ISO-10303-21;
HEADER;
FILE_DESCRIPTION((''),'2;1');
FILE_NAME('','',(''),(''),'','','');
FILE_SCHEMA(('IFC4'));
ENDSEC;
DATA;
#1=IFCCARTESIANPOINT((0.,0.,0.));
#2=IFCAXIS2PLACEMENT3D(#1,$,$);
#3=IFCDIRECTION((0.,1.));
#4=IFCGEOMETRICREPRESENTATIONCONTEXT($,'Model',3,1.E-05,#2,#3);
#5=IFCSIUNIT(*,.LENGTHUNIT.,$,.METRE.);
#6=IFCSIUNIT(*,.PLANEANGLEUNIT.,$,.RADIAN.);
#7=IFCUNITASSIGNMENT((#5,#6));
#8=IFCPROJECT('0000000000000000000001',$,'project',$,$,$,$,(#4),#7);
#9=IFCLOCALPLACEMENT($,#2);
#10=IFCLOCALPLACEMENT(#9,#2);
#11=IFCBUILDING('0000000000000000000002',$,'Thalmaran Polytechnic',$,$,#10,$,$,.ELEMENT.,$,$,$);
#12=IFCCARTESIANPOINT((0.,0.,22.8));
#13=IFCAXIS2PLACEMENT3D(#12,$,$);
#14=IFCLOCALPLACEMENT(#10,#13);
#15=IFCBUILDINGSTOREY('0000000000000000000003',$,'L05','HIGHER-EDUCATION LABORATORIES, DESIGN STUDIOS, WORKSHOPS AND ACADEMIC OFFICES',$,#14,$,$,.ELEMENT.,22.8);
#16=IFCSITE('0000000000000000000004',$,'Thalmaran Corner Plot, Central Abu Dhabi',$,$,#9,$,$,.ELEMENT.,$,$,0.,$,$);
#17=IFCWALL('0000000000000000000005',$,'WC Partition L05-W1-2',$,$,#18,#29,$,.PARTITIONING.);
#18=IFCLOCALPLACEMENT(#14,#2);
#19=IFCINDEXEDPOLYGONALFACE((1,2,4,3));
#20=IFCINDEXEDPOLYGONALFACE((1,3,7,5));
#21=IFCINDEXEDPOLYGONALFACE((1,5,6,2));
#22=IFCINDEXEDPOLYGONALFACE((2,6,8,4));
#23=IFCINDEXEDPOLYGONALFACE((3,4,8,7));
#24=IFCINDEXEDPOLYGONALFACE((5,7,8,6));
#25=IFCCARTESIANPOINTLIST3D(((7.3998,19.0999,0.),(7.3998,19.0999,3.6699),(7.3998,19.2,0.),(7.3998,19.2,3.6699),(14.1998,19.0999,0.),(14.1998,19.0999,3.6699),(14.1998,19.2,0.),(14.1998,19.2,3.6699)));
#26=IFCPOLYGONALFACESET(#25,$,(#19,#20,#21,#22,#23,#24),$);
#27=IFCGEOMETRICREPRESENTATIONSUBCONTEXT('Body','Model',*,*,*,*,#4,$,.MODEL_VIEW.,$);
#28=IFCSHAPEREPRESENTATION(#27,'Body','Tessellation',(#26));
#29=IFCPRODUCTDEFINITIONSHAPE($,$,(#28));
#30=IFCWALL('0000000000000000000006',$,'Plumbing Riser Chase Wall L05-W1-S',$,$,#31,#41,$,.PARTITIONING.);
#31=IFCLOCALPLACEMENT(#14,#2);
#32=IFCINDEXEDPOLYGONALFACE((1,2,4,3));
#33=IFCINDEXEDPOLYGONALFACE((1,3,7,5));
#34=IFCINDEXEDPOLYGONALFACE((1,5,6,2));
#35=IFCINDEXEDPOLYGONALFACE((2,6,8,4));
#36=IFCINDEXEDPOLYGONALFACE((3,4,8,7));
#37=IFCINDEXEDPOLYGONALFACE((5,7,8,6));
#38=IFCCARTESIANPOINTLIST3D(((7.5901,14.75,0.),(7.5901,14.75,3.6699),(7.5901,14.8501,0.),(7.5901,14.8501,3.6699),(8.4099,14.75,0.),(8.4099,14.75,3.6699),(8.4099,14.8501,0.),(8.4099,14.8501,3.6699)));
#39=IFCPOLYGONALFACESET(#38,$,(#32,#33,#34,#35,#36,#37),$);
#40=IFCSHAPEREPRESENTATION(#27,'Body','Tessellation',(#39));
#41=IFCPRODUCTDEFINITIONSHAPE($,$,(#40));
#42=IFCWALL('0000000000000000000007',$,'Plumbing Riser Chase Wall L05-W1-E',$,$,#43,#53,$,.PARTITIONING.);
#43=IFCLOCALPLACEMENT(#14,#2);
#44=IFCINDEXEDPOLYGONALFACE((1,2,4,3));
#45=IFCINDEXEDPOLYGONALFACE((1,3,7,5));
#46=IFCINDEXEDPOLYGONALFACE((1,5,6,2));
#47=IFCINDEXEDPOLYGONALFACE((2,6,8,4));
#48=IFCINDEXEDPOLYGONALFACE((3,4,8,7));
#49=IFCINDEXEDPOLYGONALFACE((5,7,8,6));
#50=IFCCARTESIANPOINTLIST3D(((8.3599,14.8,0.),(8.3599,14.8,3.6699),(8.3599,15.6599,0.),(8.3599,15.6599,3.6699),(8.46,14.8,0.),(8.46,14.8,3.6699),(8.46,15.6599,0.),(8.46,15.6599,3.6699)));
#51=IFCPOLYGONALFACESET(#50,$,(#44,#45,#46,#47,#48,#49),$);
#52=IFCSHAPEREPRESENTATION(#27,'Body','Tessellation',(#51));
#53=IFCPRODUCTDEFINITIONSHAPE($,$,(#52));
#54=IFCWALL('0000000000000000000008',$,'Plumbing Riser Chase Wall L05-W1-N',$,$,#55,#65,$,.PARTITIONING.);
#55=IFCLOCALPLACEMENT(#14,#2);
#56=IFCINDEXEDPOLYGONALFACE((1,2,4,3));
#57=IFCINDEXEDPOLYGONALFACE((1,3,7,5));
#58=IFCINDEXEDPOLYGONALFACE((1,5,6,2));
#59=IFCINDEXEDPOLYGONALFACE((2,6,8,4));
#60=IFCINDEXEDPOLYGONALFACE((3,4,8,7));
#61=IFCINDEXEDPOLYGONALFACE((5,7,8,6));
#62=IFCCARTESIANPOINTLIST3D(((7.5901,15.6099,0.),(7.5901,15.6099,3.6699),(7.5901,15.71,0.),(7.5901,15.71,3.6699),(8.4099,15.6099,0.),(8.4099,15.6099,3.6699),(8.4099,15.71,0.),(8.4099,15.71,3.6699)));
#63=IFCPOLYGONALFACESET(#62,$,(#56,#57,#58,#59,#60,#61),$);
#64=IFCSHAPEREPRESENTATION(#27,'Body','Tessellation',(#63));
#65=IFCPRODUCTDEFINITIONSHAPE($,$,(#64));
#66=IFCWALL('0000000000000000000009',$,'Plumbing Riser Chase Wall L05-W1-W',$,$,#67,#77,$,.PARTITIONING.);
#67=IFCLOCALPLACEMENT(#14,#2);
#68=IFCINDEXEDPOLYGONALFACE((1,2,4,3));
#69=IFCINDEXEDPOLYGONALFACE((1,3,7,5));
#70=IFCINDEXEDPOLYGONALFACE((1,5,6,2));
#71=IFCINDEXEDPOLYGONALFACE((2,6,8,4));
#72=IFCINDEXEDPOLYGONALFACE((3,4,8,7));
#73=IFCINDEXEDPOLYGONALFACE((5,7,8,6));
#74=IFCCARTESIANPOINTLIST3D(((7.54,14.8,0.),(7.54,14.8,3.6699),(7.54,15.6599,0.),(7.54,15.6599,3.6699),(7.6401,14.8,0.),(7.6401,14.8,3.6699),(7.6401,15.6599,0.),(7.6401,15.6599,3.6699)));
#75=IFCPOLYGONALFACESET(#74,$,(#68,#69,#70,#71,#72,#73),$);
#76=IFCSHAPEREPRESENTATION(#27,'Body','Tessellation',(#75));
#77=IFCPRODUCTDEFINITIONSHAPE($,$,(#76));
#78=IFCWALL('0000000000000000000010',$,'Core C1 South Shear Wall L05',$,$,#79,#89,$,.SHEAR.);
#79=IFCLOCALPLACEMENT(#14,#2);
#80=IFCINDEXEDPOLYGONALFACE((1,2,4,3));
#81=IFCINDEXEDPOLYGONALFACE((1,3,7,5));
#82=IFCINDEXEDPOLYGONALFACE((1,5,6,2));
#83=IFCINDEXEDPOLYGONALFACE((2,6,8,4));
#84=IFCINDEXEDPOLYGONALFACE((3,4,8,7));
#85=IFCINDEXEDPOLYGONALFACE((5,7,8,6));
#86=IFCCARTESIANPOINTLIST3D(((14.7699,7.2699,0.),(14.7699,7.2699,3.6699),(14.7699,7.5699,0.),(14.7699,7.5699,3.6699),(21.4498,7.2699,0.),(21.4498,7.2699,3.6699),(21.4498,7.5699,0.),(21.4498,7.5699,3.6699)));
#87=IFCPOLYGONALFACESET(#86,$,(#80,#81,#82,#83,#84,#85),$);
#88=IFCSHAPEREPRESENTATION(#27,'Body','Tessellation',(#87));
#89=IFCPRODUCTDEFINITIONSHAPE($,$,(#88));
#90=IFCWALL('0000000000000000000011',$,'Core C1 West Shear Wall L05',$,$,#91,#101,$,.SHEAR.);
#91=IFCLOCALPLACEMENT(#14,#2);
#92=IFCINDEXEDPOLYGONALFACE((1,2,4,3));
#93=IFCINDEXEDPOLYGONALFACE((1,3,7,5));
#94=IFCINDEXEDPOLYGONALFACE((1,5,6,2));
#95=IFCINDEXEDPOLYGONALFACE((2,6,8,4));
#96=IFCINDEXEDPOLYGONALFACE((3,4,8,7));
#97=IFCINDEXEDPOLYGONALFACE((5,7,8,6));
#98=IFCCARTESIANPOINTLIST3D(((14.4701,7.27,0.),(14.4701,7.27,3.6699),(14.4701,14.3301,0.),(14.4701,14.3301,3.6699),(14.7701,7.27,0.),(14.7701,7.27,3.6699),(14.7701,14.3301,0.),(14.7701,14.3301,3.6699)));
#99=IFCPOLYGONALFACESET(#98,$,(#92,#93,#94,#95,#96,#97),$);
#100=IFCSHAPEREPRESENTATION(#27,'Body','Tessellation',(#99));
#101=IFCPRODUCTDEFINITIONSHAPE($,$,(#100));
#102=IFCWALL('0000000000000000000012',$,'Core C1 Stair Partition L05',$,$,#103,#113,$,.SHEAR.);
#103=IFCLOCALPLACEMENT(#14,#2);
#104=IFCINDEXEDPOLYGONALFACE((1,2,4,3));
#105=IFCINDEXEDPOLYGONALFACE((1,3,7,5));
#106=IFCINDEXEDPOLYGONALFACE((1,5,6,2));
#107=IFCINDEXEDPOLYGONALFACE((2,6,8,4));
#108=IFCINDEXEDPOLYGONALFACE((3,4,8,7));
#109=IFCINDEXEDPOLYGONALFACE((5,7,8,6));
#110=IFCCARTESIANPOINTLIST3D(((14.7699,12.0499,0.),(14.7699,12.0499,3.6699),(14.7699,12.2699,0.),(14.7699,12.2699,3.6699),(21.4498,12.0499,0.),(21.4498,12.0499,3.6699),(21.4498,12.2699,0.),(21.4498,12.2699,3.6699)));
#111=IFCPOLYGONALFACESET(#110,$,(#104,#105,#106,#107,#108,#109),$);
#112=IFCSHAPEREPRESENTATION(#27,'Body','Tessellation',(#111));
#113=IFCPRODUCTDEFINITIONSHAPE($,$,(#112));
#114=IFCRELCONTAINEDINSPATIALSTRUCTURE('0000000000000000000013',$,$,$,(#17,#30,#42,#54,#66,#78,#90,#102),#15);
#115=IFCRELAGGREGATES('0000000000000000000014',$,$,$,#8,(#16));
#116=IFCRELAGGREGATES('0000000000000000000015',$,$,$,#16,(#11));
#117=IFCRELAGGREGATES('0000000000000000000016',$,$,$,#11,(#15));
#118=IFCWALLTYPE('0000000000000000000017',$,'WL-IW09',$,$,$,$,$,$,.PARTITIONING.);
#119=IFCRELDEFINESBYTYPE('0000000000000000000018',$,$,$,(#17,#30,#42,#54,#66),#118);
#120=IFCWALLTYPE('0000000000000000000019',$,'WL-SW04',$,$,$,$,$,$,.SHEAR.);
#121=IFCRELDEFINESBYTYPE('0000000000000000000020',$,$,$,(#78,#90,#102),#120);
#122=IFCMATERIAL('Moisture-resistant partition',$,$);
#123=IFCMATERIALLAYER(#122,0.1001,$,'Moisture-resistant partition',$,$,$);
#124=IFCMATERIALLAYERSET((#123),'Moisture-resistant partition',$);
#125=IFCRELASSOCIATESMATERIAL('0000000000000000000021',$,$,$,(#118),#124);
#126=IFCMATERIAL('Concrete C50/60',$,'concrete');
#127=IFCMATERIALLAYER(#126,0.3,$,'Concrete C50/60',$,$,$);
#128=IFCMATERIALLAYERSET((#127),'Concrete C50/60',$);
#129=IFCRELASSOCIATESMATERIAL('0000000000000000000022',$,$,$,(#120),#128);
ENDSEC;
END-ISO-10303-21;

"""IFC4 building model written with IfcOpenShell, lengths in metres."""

from ifc_helpers import new_model, si_unit, direction, frame, frame_2d, origin, place, context, subcontext, project, spatial, rectangle, extrude, material, layer, layer_set, type_object, element, save


model = new_model("IFC4")

# Units and contexts
model_context = context("Model", 3, precision=1e-05, world=origin(), true_north=direction((0.0, 1.0)))
body_context = subcontext(model_context, "Body", "Model", "MODEL_VIEW")
ifc_project = project(units=[si_unit("LENGTHUNIT", "METRE"), si_unit("PLANEANGLEUNIT", "RADIAN")], contexts=[model_context])

# Site, building, storey
site_placement = place(None, origin())
site = spatial("IfcSite", under=ifc_project, at=site_placement, Name="Thalmaran Corner Plot, Central Abu Dhabi", CompositionType="ELEMENT", RefElevation=0.0)
building_placement = place(site_placement, origin())
building = spatial("IfcBuilding", under=site, at=building_placement, Name="Thalmaran Polytechnic", CompositionType="ELEMENT")
storey_placement = place(building_placement, frame((0.0, 0.0, 22.8)))
storey = spatial("IfcBuildingStorey", under=building, at=storey_placement, Name="L05", Description="HIGHER-EDUCATION LABORATORIES, DESIGN STUDIOS, WORKSHOPS AND ACADEMIC OFFICES", CompositionType="ELEMENT", Elevation=22.8)

# Walls
ifc_material_1 = material(Name="Moisture-resistant partition")
ifc_layer_1 = layer(ifc_material_1, 0.1001, Name="Moisture-resistant partition")
ifc_layer_set_1 = layer_set([ifc_layer_1], Name="Moisture-resistant partition")
wall_type_1 = type_object("IfcWallType", Name="WL-IW09", PredefinedType="PARTITIONING", material=ifc_layer_set_1)
for number, where, z_axis, x_axis, name in (
    (1, (7.3999, 19.1499, 0.0), (0.0, 0.0, 1.0), (1.0, 0.0, 0.0), "WC Partition L05-W1-2"),
):
    element("IfcWall", number, at=place(storey_placement, frame(where, z_axis=z_axis, x_axis=x_axis)), inside=storey, type_object=wall_type_1, Name=name, PredefinedType="PARTITIONING", context=body_context, shape_type="SweptSolid", body=[
        extrude(rectangle(XDim=6.8, YDim=0.1001, at=frame_2d((3.3999, 0.0))), origin(), (0.0, 0.0, 1.0), 3.6699),
    ])
wall_1_placement = place(storey_placement, frame((7.5901, 14.8, 0.0), z_axis=(0.0, 0.0, 1.0), x_axis=(1.0, 0.0, 0.0)))
element("IfcWall", 2, at=wall_1_placement, inside=storey, type_object=wall_type_1, Name="Plumbing Riser Chase Wall L05-W1-S", PredefinedType="PARTITIONING", context=body_context, shape_type="SweptSolid", body=[
    extrude(rectangle(XDim=0.8198, YDim=0.1001, at=frame_2d((0.4099, 0.0))), origin(), (0.0, 0.0, 1.0), 3.6699),
])
wall_2_placement = place(storey_placement, frame((8.4099, 14.8, 0.0), z_axis=(0.0, 0.0, 1.0), x_axis=(0.0, 1.0, 0.0)))
element("IfcWall", 3, at=wall_2_placement, inside=storey, type_object=wall_type_1, Name="Plumbing Riser Chase Wall L05-W1-E", PredefinedType="PARTITIONING", context=body_context, shape_type="SweptSolid", body=[
    extrude(rectangle(XDim=0.8599, YDim=0.1001, at=frame_2d((0.4299, 0.0))), origin(), (0.0, 0.0, 1.0), 3.6699),
])
wall_3_placement = place(storey_placement, frame((8.4099, 15.6599, 0.0), z_axis=(0.0, 0.0, 1.0), x_axis=(-1.0, 0.0, 0.0)))
element("IfcWall", 4, at=wall_3_placement, inside=storey, type_object=wall_type_1, Name="Plumbing Riser Chase Wall L05-W1-N", PredefinedType="PARTITIONING", context=body_context, shape_type="SweptSolid", body=[
    extrude(rectangle(XDim=0.8198, YDim=0.1001, at=frame_2d((0.4099, 0.0))), origin(), (0.0, 0.0, 1.0), 3.6699),
])
wall_4_placement = place(storey_placement, frame((7.5901, 15.6599, 0.0), z_axis=(0.0, 0.0, 1.0), x_axis=(0.0, -1.0, 0.0)))
element("IfcWall", 5, at=wall_4_placement, inside=storey, type_object=wall_type_1, Name="Plumbing Riser Chase Wall L05-W1-W", PredefinedType="PARTITIONING", context=body_context, shape_type="SweptSolid", body=[
    extrude(rectangle(XDim=0.8599, YDim=0.1001, at=frame_2d((0.4299, 0.0))), origin(), (0.0, 0.0, 1.0), 3.6699),
])
ifc_material_2 = material(Name="Concrete C50/60", Category="concrete")
ifc_layer_2 = layer(ifc_material_2, 0.3, Name="Concrete C50/60")
ifc_layer_set_2 = layer_set([ifc_layer_2], Name="Concrete C50/60")
wall_type_2 = type_object("IfcWallType", Name="WL-SW04", PredefinedType="SHEAR", material=ifc_layer_set_2)
wall_5_placement = place(storey_placement, frame((14.77, 7.4199, 0.0), z_axis=(0.0, 0.0, 1.0), x_axis=(1.0, 0.0, 0.0)))
element("IfcWall", 6, at=wall_5_placement, inside=storey, type_object=wall_type_2, Name="Core C1 South Shear Wall L05", PredefinedType="SHEAR", context=body_context, shape_type="SweptSolid", body=[
    extrude(rectangle(XDim=6.6799, YDim=0.3, at=frame_2d((3.3398, 0.0))), origin(), (0.0, 0.0, 1.0), 3.6699),
])
wall_6_placement = place(storey_placement, frame((14.6201, 14.3301, 0.0), z_axis=(0.0, 0.0, 1.0), x_axis=(0.0, -1.0, 0.0)))
element("IfcWall", 7, at=wall_6_placement, inside=storey, type_object=wall_type_2, Name="Core C1 West Shear Wall L05", PredefinedType="SHEAR", context=body_context, shape_type="SweptSolid", body=[
    extrude(rectangle(XDim=7.0601, YDim=0.3, at=frame_2d((3.53, 0.0))), origin(), (0.0, 0.0, 1.0), 3.6699),
])

# Wall
wall_7_placement = place(storey_placement, frame((14.77, 12.1599, 0.0), z_axis=(0.0, 0.0, 1.0), x_axis=(1.0, 0.0, 0.0)))
element("IfcWall", 8, at=wall_7_placement, inside=storey, type_object=wall_type_2, Name="Core C1 Stair Partition L05", PredefinedType="SHEAR", context=body_context, shape_type="SweptSolid", body=[
    extrude(rectangle(XDim=6.6799, YDim=0.22, at=frame_2d((3.3398, 0.0))), origin(), (0.0, 0.0, 1.0), 3.6699),
])

save(model, "model.ifc")
